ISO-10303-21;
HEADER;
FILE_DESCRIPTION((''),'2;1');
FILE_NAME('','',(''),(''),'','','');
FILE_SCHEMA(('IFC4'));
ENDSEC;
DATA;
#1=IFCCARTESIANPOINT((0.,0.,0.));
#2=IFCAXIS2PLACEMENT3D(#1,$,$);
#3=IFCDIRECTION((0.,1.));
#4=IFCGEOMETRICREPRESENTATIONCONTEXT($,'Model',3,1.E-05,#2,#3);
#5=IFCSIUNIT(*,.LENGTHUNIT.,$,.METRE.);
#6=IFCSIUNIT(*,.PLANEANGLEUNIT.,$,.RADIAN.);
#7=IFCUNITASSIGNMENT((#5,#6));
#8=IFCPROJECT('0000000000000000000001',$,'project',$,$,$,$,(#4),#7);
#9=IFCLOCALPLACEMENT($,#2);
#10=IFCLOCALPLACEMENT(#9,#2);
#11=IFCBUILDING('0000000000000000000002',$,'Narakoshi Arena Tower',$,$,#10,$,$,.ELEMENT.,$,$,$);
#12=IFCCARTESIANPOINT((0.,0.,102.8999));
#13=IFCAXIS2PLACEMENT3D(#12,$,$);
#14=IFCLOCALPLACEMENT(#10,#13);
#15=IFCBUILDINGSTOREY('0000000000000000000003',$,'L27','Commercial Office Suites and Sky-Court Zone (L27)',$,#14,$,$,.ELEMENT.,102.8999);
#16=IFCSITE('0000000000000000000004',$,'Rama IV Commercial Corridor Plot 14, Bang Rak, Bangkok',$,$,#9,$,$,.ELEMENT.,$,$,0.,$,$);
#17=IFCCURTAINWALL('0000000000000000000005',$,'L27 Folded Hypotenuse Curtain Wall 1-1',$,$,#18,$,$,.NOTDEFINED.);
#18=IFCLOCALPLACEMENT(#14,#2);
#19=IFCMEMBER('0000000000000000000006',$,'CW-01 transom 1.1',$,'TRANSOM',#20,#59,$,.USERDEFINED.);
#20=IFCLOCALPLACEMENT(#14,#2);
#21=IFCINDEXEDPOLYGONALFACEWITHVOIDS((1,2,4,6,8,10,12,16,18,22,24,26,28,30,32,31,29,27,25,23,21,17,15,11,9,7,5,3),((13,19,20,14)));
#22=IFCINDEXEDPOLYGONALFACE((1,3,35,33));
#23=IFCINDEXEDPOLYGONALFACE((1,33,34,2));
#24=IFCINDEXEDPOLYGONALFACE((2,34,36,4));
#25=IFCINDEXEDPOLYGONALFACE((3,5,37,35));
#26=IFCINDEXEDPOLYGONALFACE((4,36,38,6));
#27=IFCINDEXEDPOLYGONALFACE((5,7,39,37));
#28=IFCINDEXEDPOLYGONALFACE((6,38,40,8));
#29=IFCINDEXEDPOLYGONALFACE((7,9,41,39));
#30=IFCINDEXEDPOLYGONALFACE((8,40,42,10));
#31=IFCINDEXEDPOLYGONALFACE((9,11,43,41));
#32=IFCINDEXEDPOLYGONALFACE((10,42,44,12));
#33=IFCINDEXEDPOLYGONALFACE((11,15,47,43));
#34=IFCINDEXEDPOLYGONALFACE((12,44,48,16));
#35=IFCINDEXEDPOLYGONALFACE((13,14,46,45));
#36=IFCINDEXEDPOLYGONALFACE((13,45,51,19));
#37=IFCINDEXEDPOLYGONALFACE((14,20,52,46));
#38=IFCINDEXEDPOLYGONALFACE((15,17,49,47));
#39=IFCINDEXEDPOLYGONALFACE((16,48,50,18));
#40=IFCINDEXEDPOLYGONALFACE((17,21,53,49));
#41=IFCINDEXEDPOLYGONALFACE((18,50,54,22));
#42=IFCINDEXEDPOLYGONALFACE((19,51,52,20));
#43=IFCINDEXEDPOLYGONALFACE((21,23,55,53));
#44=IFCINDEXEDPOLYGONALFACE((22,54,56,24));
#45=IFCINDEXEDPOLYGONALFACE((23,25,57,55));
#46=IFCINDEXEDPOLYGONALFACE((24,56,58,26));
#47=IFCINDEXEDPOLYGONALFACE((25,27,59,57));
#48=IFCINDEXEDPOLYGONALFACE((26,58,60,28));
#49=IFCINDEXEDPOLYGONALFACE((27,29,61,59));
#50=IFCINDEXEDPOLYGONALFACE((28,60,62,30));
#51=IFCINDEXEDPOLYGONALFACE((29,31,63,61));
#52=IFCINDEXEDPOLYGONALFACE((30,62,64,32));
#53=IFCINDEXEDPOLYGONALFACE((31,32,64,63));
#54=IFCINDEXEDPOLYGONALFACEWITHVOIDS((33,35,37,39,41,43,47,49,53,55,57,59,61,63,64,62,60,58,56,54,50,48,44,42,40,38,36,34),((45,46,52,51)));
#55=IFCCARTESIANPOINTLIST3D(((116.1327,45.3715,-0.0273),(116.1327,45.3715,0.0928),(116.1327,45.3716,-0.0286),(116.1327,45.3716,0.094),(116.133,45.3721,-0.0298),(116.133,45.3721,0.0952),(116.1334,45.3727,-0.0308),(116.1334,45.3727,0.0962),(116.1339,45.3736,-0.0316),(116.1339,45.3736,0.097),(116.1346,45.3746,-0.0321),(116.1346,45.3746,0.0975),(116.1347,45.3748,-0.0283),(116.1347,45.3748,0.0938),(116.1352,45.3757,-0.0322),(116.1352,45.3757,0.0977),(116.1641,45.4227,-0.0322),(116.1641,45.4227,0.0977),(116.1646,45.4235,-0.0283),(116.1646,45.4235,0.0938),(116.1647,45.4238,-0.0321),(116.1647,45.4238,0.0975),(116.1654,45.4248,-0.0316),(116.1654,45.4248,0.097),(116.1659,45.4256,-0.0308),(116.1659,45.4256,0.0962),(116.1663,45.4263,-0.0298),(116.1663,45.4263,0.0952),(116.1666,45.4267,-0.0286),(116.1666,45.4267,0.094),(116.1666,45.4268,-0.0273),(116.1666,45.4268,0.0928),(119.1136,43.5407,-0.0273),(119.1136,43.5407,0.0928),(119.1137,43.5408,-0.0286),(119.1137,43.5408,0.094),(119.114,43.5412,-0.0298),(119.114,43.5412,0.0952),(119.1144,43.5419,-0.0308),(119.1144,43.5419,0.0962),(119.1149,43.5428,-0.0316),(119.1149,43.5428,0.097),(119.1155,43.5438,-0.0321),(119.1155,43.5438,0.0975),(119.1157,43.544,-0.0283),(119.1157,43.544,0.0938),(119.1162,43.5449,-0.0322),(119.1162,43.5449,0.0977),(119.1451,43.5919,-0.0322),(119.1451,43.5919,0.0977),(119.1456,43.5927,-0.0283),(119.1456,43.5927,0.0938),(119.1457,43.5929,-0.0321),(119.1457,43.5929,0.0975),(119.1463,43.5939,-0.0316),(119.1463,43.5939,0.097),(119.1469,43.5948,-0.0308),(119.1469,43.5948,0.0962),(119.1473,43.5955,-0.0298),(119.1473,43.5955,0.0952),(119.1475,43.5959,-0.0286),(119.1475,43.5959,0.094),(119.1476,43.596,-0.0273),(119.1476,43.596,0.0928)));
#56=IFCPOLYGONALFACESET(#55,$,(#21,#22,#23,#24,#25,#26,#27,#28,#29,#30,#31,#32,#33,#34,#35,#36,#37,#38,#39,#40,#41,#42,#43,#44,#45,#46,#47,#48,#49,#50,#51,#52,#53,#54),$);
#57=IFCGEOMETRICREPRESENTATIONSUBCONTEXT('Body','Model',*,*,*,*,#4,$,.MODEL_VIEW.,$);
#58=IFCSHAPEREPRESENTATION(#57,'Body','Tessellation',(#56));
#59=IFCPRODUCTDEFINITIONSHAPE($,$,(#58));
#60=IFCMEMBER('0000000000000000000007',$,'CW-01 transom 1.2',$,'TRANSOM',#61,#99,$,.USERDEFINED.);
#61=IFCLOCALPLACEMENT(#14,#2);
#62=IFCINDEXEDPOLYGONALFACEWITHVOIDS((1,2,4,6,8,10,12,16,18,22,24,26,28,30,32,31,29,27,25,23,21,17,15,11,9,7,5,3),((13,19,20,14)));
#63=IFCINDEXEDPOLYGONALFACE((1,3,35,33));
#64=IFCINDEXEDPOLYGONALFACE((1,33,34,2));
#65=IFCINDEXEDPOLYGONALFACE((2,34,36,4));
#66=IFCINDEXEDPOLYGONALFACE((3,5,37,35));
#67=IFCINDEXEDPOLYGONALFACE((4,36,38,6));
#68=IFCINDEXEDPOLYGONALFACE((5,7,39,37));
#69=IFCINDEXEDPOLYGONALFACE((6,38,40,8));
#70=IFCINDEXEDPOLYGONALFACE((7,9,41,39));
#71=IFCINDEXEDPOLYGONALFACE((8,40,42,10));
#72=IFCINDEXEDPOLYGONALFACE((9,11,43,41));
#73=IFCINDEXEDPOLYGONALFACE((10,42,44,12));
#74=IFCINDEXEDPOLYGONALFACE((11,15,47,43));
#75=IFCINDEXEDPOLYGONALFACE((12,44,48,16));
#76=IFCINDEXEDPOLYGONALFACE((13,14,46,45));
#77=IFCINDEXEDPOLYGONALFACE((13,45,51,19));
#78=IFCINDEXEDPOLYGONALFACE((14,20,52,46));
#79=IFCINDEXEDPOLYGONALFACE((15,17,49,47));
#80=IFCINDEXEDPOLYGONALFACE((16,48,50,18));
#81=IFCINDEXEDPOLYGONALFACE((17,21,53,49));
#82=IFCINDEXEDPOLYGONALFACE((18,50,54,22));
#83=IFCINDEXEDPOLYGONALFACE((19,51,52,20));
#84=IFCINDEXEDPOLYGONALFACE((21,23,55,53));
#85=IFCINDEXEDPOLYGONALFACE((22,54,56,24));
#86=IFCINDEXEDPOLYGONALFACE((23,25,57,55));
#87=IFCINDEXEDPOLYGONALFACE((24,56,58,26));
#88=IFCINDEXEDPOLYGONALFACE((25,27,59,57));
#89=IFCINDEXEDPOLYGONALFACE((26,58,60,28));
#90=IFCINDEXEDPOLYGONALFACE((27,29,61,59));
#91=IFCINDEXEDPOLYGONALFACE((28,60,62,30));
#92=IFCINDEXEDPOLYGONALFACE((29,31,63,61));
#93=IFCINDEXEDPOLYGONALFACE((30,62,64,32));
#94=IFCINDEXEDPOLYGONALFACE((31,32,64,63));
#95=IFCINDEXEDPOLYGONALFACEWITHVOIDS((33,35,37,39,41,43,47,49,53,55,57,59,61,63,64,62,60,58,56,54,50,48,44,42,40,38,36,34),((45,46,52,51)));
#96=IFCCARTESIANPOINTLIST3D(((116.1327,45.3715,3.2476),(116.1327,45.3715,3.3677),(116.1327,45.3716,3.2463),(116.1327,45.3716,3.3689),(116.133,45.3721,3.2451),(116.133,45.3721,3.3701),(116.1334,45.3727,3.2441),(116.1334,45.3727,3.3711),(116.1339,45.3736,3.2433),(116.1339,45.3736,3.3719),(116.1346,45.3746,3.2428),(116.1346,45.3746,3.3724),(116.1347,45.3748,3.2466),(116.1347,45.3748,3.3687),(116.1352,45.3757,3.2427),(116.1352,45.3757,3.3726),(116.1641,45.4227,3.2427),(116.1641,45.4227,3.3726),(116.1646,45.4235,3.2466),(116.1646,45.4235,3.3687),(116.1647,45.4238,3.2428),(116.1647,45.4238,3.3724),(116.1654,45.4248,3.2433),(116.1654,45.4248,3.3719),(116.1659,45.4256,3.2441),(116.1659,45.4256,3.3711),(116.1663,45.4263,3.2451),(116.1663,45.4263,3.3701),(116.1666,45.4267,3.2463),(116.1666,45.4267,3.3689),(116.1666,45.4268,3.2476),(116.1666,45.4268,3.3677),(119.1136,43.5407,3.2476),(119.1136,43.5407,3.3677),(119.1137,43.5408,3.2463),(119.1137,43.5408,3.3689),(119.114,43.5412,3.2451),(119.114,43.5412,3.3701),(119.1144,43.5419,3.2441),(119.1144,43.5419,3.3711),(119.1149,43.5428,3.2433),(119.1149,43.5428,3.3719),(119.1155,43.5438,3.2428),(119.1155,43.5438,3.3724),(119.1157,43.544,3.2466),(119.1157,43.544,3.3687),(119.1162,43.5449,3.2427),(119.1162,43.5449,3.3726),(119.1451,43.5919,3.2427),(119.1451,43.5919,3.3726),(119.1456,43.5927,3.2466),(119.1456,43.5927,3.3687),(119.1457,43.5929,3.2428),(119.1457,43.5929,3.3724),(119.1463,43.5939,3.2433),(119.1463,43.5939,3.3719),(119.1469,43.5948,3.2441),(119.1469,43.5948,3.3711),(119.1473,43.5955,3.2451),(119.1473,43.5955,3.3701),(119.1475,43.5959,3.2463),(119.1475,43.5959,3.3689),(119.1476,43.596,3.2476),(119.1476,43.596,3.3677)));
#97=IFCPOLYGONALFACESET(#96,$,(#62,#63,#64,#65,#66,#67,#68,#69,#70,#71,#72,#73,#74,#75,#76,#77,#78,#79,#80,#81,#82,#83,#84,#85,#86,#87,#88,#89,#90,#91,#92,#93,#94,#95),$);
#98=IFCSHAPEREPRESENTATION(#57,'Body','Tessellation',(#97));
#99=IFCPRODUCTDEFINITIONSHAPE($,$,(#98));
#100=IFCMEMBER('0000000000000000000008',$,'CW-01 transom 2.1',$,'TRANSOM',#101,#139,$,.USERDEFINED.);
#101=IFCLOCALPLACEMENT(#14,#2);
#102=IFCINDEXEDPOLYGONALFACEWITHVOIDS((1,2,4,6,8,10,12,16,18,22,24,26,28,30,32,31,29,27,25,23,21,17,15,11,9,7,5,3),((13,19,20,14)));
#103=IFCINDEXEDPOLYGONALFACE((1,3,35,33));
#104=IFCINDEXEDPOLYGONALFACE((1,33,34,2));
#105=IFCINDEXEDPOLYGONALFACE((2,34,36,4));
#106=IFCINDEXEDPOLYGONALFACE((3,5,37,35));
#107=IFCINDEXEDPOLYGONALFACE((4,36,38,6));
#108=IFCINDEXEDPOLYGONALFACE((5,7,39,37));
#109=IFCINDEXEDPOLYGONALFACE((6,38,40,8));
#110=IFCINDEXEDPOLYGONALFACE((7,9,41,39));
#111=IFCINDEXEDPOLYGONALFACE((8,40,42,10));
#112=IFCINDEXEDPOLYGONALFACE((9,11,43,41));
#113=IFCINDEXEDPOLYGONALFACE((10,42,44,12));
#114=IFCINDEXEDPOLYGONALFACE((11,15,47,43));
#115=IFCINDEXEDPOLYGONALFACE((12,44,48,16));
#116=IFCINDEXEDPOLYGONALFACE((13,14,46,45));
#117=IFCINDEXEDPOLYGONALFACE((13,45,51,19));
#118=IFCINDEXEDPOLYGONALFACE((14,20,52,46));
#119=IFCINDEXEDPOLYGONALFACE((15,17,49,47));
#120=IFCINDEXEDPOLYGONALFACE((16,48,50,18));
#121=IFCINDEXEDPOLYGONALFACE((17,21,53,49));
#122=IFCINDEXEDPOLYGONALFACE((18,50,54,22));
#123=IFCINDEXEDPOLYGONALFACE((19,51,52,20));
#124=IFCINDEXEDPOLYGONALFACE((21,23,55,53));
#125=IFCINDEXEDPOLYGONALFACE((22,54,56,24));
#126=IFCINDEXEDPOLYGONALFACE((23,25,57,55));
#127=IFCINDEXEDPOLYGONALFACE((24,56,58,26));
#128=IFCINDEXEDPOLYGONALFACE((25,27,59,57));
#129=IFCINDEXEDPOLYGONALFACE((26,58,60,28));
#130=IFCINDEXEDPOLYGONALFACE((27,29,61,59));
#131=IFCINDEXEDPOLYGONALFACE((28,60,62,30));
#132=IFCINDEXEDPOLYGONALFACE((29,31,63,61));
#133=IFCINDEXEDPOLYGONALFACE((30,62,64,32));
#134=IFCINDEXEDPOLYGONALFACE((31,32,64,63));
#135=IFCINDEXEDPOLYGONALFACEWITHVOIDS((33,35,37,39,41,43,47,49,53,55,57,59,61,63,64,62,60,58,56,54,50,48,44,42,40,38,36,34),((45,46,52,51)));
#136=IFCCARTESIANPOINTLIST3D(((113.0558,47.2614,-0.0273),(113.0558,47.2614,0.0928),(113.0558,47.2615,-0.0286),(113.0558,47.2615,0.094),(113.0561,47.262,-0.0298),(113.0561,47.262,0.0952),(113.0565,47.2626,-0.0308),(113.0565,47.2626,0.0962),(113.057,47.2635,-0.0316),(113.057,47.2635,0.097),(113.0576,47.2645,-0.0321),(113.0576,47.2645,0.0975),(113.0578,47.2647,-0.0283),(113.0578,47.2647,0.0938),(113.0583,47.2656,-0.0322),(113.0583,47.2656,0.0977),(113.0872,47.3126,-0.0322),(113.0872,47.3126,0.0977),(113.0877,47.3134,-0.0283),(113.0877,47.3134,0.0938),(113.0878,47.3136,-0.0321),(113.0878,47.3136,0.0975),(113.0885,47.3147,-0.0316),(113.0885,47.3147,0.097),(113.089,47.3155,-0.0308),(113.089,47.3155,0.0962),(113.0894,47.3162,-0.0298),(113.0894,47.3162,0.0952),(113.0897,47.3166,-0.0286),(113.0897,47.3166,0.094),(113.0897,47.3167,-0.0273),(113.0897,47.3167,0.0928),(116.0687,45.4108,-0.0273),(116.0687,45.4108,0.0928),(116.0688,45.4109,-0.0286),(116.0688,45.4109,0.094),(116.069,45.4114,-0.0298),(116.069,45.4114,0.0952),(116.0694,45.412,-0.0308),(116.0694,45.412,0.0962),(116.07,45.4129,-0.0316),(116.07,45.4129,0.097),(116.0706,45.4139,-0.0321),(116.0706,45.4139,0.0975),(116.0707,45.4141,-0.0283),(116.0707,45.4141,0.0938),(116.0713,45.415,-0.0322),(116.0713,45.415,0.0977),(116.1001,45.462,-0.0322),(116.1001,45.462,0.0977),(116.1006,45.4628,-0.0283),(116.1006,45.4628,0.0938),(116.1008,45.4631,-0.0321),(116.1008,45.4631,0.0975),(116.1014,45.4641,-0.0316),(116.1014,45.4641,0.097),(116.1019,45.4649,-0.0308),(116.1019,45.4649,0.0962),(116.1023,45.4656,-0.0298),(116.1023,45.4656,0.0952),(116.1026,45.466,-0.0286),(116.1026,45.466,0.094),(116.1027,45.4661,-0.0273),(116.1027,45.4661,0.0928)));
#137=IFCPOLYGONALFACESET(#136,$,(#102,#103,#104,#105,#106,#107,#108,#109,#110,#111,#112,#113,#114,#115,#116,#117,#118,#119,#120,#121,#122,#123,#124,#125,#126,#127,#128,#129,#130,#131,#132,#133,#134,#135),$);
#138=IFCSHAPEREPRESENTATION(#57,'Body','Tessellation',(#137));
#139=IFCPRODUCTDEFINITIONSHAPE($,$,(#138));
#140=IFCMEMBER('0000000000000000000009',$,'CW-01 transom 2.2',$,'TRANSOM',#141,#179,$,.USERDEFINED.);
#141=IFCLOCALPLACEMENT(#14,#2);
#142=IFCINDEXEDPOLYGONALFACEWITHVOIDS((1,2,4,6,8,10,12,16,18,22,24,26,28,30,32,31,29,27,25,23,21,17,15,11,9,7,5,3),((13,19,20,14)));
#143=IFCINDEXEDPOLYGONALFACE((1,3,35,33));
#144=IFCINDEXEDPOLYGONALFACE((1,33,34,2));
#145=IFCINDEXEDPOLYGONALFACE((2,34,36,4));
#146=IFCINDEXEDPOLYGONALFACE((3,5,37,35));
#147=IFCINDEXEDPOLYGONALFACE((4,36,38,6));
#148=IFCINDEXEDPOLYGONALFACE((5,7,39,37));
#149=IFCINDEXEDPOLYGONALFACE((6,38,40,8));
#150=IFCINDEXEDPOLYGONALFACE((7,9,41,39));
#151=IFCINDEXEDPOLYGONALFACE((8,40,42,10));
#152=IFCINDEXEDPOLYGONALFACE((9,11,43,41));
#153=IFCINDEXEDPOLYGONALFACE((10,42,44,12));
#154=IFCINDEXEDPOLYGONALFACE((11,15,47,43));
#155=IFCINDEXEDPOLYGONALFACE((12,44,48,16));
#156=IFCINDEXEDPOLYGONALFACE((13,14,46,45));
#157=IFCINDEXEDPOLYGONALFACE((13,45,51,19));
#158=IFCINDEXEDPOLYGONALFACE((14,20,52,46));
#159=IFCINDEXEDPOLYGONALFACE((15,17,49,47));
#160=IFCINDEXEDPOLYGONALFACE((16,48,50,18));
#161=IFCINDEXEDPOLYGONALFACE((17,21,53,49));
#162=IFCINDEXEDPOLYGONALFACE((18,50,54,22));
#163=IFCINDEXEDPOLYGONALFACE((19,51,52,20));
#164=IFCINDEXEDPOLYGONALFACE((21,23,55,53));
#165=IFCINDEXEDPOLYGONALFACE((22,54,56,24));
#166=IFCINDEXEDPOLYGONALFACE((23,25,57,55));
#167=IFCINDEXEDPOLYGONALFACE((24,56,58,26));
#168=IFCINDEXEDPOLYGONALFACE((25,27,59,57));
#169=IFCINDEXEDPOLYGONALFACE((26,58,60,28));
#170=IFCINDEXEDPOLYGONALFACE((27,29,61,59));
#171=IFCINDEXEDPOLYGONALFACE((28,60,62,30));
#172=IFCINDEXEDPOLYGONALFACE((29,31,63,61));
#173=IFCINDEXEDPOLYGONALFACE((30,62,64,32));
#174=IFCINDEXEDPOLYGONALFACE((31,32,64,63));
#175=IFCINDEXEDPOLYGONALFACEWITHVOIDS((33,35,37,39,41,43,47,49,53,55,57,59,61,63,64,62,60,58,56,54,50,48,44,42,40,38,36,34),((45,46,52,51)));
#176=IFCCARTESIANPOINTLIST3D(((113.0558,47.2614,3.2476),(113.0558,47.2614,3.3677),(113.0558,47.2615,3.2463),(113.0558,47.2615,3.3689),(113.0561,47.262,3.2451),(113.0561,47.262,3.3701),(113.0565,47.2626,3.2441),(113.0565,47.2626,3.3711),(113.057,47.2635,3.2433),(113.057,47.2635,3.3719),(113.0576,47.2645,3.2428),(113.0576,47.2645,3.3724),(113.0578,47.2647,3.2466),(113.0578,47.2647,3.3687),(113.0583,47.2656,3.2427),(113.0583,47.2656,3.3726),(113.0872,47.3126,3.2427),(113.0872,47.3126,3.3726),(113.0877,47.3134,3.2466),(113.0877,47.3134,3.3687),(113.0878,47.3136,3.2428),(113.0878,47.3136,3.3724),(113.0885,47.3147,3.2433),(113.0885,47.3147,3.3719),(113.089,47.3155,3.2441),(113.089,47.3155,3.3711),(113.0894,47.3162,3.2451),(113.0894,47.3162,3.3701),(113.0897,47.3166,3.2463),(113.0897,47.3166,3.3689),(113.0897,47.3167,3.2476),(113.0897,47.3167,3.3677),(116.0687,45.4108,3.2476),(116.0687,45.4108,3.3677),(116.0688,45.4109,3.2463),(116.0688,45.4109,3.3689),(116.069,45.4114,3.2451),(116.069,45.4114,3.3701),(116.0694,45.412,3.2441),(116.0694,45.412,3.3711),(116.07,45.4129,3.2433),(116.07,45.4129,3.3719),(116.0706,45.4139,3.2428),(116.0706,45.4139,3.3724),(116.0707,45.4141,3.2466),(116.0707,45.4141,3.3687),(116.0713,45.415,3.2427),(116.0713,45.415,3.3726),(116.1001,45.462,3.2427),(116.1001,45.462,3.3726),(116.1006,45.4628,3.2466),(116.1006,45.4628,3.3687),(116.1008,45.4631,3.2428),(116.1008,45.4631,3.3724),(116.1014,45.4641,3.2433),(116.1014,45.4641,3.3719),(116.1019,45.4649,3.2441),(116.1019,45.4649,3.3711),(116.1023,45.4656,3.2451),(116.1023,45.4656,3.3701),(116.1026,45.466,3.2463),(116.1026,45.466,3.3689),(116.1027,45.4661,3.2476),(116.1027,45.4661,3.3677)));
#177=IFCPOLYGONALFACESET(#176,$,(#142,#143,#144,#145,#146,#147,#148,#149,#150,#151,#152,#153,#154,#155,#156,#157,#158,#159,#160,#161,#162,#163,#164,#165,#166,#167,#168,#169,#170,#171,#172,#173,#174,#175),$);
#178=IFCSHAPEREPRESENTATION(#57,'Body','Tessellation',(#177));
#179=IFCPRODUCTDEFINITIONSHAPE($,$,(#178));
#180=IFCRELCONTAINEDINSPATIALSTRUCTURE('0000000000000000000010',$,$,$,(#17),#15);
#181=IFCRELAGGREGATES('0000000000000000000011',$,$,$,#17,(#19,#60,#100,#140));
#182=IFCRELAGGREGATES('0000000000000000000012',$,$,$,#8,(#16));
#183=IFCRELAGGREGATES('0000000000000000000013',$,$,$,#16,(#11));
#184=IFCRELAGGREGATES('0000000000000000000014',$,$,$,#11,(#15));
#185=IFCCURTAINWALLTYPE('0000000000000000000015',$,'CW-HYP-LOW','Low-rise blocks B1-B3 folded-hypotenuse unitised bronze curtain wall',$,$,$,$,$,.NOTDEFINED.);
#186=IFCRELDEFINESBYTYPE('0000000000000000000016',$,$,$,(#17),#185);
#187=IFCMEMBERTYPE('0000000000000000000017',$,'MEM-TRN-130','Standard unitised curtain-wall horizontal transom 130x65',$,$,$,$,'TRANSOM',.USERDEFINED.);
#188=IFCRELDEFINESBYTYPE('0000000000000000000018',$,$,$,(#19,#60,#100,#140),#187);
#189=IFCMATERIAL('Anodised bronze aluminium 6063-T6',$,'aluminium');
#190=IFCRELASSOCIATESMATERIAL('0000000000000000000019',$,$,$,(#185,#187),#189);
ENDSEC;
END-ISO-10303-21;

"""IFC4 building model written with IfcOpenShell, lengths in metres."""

from ifc_helpers import new_model, si_unit, direction, frame, origin, origin_2d, place, context, subcontext, project, spatial, hollow_rectangle, extrude, material, material_profile, profile_set, type_object, element, aggregate, save


model = new_model("IFC4")

# Units and contexts
model_context = context("Model", 3, precision=1e-05, world=origin(), true_north=direction((0.0, 1.0)))
body_context = subcontext(model_context, "Body", "Model", "MODEL_VIEW")
ifc_project = project(units=[si_unit("LENGTHUNIT", "METRE"), si_unit("PLANEANGLEUNIT", "RADIAN")], contexts=[model_context])

# Site, building, storey
site_placement = place(None, origin())
site = spatial("IfcSite", under=ifc_project, at=site_placement, Name="Rama IV Commercial Corridor Plot 14, Bang Rak, Bangkok", CompositionType="ELEMENT", RefElevation=0.0)
building_placement = place(site_placement, origin())
building = spatial("IfcBuilding", under=site, at=building_placement, Name="Narakoshi Arena Tower", CompositionType="ELEMENT")
storey_placement = place(building_placement, frame((0.0, 0.0, 102.8999)))
storey = spatial("IfcBuildingStorey", under=building, at=storey_placement, Name="L27", Description="Commercial Office Suites and Sky-Court Zone (L27)", CompositionType="ELEMENT", Elevation=102.8999)

# Curtain wall, members
ifc_material_1 = material(Name="Anodised bronze aluminium 6063-T6", Category="aluminium")
curtain_wall_type = type_object("IfcCurtainWallType", Name="CW-HYP-LOW", Description="Low-rise blocks B1-B3 folded-hypotenuse unitised bronze curtain wall", PredefinedType="NOTDEFINED", material=ifc_material_1)
curtain_wall_placement = place(storey_placement, origin())
curtain_wall = element("IfcCurtainWall", 1, at=curtain_wall_placement, inside=storey, type_object=curtain_wall_type, Name="L27 Folded Hypotenuse Curtain Wall 1-1", PredefinedType="NOTDEFINED")
ifc_material_profile_1 = material_profile(ifc_material_1, hollow_rectangle(XDim=0.0649, YDim=0.1299, WallThickness=0.0039, OuterFilletRadius=0.0049, at=origin_2d()), Name="TRN130x65x4")
ifc_profile_set_1 = profile_set([ifc_material_profile_1], Name="Anodised bronze aluminium 6063-T6")
member_type_1 = type_object("IfcMemberType", Name="MEM-TRN-130", Description="Standard unitised curtain-wall horizontal transom 130x65", ElementType="TRANSOM", PredefinedType="USERDEFINED", material=ifc_profile_set_1)
member_1_placement = place(storey_placement, frame((119.1306, 43.5684, 0.0327), z_axis=(-0.85212, 0.523346, 0.0), x_axis=(-0.523346, -0.85212, 0.0)))
member_1 = element("IfcMember", 2, at=member_1_placement, type_object=member_type_1, Name="CW-01 transom 1.1", ObjectType="TRANSOM", PredefinedType="USERDEFINED", context=body_context, shape_type="SweptSolid", body=[
    extrude(hollow_rectangle(XDim=0.0649, YDim=0.1299, WallThickness=0.0039, OuterFilletRadius=0.0049, at=origin_2d()), origin(), (0.0, 0.0, 1.0), 3.4983),
])
member_2_placement = place(storey_placement, frame((119.1306, 43.5684, 3.3076), z_axis=(-0.85212, 0.523346, 0.0), x_axis=(-0.523346, -0.85212, 0.0)))
member_2 = element("IfcMember", 3, at=member_2_placement, type_object=member_type_1, Name="CW-01 transom 1.2", ObjectType="TRANSOM", PredefinedType="USERDEFINED", context=body_context, shape_type="SweptSolid", body=[
    extrude(hollow_rectangle(XDim=0.0649, YDim=0.1299, WallThickness=0.0039, OuterFilletRadius=0.0049, at=origin_2d()), origin(), (0.0, 0.0, 1.0), 3.4983),
])
member_3_placement = place(storey_placement, frame((116.0857, 45.4385, 0.0327), z_axis=(-0.852104, 0.523373, 0.0), x_axis=(-0.523373, -0.852104, 0.0)))
member_3 = element("IfcMember", 4, at=member_3_placement, type_object=member_type_1, Name="CW-01 transom 2.1", ObjectType="TRANSOM", PredefinedType="USERDEFINED", context=body_context, shape_type="SweptSolid", body=[
    extrude(hollow_rectangle(XDim=0.0649, YDim=0.1299, WallThickness=0.0039, OuterFilletRadius=0.0049, at=origin_2d()), origin(), (0.0, 0.0, 1.0), 3.5359),
])
member_4_placement = place(storey_placement, frame((116.0857, 45.4385, 3.3076), z_axis=(-0.852104, 0.523373, 0.0), x_axis=(-0.523373, -0.852104, 0.0)))
member_4 = element("IfcMember", 5, at=member_4_placement, type_object=member_type_1, Name="CW-01 transom 2.2", ObjectType="TRANSOM", PredefinedType="USERDEFINED", context=body_context, shape_type="SweptSolid", body=[
    extrude(hollow_rectangle(XDim=0.0649, YDim=0.1299, WallThickness=0.0039, OuterFilletRadius=0.0049, at=origin_2d()), origin(), (0.0, 0.0, 1.0), 3.5359),
])
aggregate(curtain_wall, [member_1, member_2, member_3, member_4])

save(model, "model.ifc")
